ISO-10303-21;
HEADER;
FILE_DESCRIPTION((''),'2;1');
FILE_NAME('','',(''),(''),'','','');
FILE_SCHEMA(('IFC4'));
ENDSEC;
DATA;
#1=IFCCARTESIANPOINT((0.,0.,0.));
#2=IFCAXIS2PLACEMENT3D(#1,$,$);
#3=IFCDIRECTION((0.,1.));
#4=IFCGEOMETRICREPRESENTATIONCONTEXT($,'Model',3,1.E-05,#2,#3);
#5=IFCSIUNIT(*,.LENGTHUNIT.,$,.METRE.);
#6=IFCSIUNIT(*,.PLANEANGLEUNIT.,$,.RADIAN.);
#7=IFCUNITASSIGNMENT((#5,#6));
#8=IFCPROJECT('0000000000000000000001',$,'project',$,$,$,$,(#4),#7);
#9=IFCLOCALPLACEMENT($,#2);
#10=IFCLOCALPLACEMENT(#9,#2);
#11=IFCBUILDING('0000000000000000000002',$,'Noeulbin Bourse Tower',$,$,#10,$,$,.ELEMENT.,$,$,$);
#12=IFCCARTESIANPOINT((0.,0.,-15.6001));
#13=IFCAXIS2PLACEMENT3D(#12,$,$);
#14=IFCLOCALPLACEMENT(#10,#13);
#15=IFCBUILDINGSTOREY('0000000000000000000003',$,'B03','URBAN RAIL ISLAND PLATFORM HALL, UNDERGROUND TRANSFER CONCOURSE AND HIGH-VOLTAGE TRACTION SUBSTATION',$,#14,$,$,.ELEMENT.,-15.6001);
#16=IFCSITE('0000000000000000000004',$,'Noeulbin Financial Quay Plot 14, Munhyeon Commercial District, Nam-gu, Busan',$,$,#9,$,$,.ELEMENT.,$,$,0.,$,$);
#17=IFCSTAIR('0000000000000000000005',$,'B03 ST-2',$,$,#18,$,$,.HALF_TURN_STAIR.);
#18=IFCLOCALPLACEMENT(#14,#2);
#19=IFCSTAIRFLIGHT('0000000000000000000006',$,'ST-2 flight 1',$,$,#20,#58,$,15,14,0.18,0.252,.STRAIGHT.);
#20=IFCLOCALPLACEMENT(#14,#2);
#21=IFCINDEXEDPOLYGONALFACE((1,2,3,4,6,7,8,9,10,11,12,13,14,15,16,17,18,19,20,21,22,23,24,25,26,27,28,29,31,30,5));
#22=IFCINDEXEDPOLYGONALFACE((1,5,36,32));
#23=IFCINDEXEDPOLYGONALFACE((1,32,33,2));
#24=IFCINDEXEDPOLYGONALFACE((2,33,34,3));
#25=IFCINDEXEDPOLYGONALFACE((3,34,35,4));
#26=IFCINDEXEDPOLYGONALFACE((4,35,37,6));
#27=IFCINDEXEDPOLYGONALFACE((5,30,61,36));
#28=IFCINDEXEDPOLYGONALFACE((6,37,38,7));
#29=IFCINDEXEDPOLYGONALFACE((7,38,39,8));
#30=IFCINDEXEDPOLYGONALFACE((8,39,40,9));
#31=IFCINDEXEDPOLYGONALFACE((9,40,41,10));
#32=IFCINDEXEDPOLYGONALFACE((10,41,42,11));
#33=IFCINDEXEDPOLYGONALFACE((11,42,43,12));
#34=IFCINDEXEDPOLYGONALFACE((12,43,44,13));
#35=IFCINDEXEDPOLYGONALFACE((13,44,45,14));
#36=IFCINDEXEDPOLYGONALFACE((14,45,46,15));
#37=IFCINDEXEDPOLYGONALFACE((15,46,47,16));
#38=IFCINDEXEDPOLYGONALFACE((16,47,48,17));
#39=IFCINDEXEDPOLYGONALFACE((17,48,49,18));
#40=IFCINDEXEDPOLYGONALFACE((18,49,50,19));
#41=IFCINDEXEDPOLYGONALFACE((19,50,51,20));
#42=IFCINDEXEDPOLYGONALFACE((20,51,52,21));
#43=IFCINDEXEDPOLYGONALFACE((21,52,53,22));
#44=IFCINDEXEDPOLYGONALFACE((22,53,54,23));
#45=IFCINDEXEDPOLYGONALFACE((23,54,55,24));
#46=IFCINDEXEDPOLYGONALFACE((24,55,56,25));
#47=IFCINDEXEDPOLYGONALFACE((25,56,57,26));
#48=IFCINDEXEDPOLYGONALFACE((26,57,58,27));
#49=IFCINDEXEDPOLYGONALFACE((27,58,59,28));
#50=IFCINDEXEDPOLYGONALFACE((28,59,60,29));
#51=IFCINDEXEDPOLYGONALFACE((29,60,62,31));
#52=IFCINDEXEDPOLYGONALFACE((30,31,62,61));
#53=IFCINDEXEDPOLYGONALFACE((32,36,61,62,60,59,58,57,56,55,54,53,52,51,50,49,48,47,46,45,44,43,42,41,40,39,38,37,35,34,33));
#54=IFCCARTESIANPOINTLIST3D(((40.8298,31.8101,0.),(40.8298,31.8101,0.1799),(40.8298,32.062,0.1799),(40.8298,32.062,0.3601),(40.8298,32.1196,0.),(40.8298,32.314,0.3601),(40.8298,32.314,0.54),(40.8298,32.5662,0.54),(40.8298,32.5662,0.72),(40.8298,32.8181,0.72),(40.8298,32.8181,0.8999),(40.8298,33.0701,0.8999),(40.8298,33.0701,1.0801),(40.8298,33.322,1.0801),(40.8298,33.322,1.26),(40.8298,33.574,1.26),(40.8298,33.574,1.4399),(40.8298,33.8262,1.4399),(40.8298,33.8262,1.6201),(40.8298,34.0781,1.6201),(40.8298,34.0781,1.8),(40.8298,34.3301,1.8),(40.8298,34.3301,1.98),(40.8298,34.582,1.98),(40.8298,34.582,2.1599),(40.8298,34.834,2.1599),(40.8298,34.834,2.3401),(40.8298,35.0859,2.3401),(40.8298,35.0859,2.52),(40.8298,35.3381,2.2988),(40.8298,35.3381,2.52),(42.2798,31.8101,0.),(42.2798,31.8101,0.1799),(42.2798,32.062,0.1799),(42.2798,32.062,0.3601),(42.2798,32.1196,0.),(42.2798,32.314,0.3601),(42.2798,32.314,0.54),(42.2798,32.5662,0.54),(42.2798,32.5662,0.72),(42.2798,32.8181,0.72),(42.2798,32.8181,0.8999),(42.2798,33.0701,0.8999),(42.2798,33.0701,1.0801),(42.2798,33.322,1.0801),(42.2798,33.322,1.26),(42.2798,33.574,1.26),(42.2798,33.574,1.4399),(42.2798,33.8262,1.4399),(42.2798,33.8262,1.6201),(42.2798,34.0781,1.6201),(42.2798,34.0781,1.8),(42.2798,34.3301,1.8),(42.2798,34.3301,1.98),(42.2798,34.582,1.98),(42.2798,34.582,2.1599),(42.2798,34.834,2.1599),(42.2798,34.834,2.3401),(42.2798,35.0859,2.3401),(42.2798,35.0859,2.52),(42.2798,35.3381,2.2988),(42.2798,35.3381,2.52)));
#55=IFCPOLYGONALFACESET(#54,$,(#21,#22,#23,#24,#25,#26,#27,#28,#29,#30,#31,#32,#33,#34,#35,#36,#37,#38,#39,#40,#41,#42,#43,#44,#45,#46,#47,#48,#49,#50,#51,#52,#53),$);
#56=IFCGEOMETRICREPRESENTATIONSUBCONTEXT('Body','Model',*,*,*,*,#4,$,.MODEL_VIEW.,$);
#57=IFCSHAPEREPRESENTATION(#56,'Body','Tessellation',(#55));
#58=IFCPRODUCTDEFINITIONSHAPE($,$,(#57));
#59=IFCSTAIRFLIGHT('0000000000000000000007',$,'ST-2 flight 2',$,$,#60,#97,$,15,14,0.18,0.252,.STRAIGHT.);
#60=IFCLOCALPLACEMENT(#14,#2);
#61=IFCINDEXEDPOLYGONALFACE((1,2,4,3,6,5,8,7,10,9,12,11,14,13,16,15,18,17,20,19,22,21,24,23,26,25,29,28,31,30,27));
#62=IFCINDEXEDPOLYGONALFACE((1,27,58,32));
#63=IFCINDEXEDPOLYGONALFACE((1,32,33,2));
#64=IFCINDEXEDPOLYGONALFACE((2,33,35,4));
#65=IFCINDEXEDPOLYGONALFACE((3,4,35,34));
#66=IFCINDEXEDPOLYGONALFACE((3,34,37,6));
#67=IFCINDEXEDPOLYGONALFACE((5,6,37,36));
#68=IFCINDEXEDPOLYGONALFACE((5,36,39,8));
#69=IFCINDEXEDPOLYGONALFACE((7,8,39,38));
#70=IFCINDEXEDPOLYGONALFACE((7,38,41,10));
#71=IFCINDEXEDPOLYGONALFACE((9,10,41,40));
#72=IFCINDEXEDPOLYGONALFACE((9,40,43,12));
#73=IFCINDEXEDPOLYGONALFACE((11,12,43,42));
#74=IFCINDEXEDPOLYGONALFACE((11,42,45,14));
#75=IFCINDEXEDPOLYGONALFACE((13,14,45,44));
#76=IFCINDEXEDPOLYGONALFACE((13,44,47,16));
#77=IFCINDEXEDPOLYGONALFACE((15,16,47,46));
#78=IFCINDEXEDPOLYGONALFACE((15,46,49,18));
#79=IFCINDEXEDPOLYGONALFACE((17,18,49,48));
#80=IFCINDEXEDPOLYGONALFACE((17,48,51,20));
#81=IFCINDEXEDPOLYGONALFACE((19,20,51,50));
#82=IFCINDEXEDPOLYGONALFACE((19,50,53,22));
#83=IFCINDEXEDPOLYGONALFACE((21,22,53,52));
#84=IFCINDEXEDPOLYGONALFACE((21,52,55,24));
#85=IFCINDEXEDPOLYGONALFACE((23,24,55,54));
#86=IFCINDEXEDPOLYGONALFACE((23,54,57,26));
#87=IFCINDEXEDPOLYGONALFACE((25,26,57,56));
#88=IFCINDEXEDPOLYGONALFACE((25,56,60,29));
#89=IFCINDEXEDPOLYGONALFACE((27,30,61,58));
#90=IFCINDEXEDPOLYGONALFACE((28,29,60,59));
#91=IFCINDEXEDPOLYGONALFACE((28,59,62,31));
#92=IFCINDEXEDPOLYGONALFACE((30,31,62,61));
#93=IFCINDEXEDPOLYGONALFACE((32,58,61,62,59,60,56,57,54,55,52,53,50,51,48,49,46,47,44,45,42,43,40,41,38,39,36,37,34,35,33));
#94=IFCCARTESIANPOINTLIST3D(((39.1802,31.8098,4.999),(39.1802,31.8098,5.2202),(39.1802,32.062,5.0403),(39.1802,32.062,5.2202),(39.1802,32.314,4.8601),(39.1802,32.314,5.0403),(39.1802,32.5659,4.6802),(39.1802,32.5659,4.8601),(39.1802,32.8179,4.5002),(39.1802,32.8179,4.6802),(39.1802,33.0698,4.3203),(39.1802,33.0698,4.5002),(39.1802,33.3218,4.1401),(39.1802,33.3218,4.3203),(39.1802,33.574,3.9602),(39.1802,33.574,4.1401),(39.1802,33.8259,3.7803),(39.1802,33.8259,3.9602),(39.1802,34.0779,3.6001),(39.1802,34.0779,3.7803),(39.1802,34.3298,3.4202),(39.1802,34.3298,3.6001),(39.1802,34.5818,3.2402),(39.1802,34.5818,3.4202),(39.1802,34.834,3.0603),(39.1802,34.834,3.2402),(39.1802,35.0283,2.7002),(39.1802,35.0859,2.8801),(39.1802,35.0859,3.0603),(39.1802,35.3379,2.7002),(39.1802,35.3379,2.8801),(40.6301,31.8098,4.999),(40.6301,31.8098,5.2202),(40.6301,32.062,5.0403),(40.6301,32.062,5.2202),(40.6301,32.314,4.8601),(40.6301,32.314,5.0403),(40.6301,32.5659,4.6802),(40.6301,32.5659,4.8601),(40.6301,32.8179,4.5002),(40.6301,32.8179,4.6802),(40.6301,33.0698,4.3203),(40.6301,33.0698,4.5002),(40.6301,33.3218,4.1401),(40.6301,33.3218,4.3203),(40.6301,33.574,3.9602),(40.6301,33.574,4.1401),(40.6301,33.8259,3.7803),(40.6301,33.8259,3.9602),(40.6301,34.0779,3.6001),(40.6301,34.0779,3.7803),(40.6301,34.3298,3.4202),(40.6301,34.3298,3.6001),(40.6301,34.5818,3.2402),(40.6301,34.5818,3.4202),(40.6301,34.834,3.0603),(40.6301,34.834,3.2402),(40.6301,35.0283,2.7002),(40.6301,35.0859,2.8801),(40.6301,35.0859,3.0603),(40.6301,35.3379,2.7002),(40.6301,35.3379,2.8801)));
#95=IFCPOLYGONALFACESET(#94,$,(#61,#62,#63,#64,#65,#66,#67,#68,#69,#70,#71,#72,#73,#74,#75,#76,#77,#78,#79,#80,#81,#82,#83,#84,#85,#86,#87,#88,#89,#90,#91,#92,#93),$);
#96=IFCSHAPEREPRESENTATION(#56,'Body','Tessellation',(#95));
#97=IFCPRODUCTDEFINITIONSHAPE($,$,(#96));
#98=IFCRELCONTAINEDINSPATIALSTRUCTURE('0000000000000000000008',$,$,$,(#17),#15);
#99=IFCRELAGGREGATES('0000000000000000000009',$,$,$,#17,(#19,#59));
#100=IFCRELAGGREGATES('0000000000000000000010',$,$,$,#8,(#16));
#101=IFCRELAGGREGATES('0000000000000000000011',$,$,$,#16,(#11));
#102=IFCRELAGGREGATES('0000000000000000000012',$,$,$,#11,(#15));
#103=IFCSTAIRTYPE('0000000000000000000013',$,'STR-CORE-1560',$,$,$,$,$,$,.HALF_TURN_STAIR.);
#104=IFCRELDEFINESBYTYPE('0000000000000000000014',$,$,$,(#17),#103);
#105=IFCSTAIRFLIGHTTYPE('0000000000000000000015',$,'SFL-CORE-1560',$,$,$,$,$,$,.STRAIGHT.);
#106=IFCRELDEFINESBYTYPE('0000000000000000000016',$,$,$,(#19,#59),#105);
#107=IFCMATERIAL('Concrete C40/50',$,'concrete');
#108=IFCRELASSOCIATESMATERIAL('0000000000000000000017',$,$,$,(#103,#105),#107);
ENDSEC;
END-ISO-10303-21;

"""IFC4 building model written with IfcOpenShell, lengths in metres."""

from ifc_helpers import new_model, si_unit, direction, frame, origin, place, context, subcontext, project, spatial, polyline, outline, extrude, material, type_object, element, aggregate, save


model = new_model("IFC4")

# Units and contexts
model_context = context("Model", 3, precision=1e-05, world=origin(), true_north=direction((0.0, 1.0)))
body_context = subcontext(model_context, "Body", "Model", "MODEL_VIEW")
ifc_project = project(units=[si_unit("LENGTHUNIT", "METRE"), si_unit("PLANEANGLEUNIT", "RADIAN")], contexts=[model_context])

# Site, building, storey
site_placement = place(None, origin())
site = spatial("IfcSite", under=ifc_project, at=site_placement, Name="Noeulbin Financial Quay Plot 14, Munhyeon Commercial District, Nam-gu, Busan", CompositionType="ELEMENT", RefElevation=0.0)
building_placement = place(site_placement, origin())
building = spatial("IfcBuilding", under=site, at=building_placement, Name="Noeulbin Bourse Tower", CompositionType="ELEMENT")
storey_placement = place(building_placement, frame((0.0, 0.0, -15.6001)))
storey = spatial("IfcBuildingStorey", under=building, at=storey_placement, Name="B03", Description="URBAN RAIL ISLAND PLATFORM HALL, UNDERGROUND TRANSFER CONCOURSE AND HIGH-VOLTAGE TRACTION SUBSTATION", CompositionType="ELEMENT", Elevation=-15.6001)

# Shared definitions
ifc_material_1 = material(Name="Concrete C40/50", Category="concrete")

# Stair, stair flights
stair_type = type_object("IfcStairType", Name="STR-CORE-1560", PredefinedType="HALF_TURN_STAIR", material=ifc_material_1)
stair_placement = place(storey_placement, origin())
stair = element("IfcStair", 1, at=stair_placement, inside=storey, type_object=stair_type, Name="B03 ST-2", PredefinedType="HALF_TURN_STAIR")
stair_flight_type = type_object("IfcStairFlightType", Name="SFL-CORE-1560", PredefinedType="STRAIGHT", material=ifc_material_1)
stair_flight_1_placement = place(storey_placement, frame((41.5549, 31.8101, 0.0), z_axis=(0.0, 0.0, 1.0), x_axis=(0.0, 1.0, 0.0)))
stair_flight_1 = element("IfcStairFlight", 2, at=stair_flight_1_placement, type_object=stair_flight_type, Name="ST-2 flight 1", NumberOfRisers=15, NumberOfTreads=14, PredefinedType="STRAIGHT", RiserHeight=0.18, TreadLength=0.252, context=body_context, shape_type="SweptSolid", body=[
    extrude(outline(polyline([(0.0, 0.0), (0.0, 0.1799), (0.252, 0.1799), (0.252, 0.3601), (0.5039, 0.3601), (0.5039, 0.54), (0.7561, 0.54), (0.7561, 0.72), (1.0081, 0.72), (1.0081, 0.8999), (1.26, 0.8999), (1.26, 1.0801), (1.512, 1.0801), (1.512, 1.26), (1.7639, 1.26), (1.7639, 1.4399), (2.0161, 1.4399), (2.0161, 1.6201), (2.2681, 1.6201), (2.2681, 1.8), (2.52, 1.8), (2.52, 1.98), (2.772, 1.98), (2.772, 2.1599), (3.0239, 2.1599), (3.0239, 2.3401), (3.2759, 2.3401), (3.2759, 2.52), (3.5281, 2.52), (3.5281, 2.7), (3.5281, 2.2988), (0.3096, 0.0), (0.0, 0.0)])), frame((0.0, 0.7251, 0.0), z_axis=(0.0, -1.0, 0.0), x_axis=(1.0, 0.0, 0.0)), (0.0, 0.0, 1.0), 1.45),
])
stair_flight_2_placement = place(storey_placement, frame((39.905, 35.3379, 2.7002), z_axis=(0.0, 0.0, 1.0), x_axis=(0.0, -1.0, 0.0)))
stair_flight_2 = element("IfcStairFlight", 3, at=stair_flight_2_placement, type_object=stair_flight_type, Name="ST-2 flight 2", NumberOfRisers=15, NumberOfTreads=14, PredefinedType="STRAIGHT", RiserHeight=0.18, TreadLength=0.252, context=body_context, shape_type="SweptSolid", body=[
    extrude(outline(polyline([(0.0, 0.0), (0.0, 0.1799), (0.252, 0.1799), (0.252, 0.3601), (0.5039, 0.3601), (0.5039, 0.54), (0.7561, 0.54), (0.7561, 0.72), (1.0081, 0.72), (1.0081, 0.8999), (1.26, 0.8999), (1.26, 1.0801), (1.512, 1.0801), (1.512, 1.26), (1.7639, 1.26), (1.7639, 1.4399), (2.0161, 1.4399), (2.0161, 1.6201), (2.2681, 1.6201), (2.2681, 1.8), (2.52, 1.8), (2.52, 1.98), (2.772, 1.98), (2.772, 2.1599), (3.0239, 2.1599), (3.0239, 2.3401), (3.2759, 2.3401), (3.2759, 2.52), (3.5281, 2.52), (3.5281, 2.7), (3.5281, 2.2988), (0.3096, 0.0), (0.0, 0.0)])), frame((0.0, 0.7251, 0.0), z_axis=(0.0, -1.0, 0.0), x_axis=(1.0, 0.0, 0.0)), (0.0, 0.0, 1.0), 1.45),
])
aggregate(stair, [stair_flight_1, stair_flight_2])

save(model, "model.ifc")
